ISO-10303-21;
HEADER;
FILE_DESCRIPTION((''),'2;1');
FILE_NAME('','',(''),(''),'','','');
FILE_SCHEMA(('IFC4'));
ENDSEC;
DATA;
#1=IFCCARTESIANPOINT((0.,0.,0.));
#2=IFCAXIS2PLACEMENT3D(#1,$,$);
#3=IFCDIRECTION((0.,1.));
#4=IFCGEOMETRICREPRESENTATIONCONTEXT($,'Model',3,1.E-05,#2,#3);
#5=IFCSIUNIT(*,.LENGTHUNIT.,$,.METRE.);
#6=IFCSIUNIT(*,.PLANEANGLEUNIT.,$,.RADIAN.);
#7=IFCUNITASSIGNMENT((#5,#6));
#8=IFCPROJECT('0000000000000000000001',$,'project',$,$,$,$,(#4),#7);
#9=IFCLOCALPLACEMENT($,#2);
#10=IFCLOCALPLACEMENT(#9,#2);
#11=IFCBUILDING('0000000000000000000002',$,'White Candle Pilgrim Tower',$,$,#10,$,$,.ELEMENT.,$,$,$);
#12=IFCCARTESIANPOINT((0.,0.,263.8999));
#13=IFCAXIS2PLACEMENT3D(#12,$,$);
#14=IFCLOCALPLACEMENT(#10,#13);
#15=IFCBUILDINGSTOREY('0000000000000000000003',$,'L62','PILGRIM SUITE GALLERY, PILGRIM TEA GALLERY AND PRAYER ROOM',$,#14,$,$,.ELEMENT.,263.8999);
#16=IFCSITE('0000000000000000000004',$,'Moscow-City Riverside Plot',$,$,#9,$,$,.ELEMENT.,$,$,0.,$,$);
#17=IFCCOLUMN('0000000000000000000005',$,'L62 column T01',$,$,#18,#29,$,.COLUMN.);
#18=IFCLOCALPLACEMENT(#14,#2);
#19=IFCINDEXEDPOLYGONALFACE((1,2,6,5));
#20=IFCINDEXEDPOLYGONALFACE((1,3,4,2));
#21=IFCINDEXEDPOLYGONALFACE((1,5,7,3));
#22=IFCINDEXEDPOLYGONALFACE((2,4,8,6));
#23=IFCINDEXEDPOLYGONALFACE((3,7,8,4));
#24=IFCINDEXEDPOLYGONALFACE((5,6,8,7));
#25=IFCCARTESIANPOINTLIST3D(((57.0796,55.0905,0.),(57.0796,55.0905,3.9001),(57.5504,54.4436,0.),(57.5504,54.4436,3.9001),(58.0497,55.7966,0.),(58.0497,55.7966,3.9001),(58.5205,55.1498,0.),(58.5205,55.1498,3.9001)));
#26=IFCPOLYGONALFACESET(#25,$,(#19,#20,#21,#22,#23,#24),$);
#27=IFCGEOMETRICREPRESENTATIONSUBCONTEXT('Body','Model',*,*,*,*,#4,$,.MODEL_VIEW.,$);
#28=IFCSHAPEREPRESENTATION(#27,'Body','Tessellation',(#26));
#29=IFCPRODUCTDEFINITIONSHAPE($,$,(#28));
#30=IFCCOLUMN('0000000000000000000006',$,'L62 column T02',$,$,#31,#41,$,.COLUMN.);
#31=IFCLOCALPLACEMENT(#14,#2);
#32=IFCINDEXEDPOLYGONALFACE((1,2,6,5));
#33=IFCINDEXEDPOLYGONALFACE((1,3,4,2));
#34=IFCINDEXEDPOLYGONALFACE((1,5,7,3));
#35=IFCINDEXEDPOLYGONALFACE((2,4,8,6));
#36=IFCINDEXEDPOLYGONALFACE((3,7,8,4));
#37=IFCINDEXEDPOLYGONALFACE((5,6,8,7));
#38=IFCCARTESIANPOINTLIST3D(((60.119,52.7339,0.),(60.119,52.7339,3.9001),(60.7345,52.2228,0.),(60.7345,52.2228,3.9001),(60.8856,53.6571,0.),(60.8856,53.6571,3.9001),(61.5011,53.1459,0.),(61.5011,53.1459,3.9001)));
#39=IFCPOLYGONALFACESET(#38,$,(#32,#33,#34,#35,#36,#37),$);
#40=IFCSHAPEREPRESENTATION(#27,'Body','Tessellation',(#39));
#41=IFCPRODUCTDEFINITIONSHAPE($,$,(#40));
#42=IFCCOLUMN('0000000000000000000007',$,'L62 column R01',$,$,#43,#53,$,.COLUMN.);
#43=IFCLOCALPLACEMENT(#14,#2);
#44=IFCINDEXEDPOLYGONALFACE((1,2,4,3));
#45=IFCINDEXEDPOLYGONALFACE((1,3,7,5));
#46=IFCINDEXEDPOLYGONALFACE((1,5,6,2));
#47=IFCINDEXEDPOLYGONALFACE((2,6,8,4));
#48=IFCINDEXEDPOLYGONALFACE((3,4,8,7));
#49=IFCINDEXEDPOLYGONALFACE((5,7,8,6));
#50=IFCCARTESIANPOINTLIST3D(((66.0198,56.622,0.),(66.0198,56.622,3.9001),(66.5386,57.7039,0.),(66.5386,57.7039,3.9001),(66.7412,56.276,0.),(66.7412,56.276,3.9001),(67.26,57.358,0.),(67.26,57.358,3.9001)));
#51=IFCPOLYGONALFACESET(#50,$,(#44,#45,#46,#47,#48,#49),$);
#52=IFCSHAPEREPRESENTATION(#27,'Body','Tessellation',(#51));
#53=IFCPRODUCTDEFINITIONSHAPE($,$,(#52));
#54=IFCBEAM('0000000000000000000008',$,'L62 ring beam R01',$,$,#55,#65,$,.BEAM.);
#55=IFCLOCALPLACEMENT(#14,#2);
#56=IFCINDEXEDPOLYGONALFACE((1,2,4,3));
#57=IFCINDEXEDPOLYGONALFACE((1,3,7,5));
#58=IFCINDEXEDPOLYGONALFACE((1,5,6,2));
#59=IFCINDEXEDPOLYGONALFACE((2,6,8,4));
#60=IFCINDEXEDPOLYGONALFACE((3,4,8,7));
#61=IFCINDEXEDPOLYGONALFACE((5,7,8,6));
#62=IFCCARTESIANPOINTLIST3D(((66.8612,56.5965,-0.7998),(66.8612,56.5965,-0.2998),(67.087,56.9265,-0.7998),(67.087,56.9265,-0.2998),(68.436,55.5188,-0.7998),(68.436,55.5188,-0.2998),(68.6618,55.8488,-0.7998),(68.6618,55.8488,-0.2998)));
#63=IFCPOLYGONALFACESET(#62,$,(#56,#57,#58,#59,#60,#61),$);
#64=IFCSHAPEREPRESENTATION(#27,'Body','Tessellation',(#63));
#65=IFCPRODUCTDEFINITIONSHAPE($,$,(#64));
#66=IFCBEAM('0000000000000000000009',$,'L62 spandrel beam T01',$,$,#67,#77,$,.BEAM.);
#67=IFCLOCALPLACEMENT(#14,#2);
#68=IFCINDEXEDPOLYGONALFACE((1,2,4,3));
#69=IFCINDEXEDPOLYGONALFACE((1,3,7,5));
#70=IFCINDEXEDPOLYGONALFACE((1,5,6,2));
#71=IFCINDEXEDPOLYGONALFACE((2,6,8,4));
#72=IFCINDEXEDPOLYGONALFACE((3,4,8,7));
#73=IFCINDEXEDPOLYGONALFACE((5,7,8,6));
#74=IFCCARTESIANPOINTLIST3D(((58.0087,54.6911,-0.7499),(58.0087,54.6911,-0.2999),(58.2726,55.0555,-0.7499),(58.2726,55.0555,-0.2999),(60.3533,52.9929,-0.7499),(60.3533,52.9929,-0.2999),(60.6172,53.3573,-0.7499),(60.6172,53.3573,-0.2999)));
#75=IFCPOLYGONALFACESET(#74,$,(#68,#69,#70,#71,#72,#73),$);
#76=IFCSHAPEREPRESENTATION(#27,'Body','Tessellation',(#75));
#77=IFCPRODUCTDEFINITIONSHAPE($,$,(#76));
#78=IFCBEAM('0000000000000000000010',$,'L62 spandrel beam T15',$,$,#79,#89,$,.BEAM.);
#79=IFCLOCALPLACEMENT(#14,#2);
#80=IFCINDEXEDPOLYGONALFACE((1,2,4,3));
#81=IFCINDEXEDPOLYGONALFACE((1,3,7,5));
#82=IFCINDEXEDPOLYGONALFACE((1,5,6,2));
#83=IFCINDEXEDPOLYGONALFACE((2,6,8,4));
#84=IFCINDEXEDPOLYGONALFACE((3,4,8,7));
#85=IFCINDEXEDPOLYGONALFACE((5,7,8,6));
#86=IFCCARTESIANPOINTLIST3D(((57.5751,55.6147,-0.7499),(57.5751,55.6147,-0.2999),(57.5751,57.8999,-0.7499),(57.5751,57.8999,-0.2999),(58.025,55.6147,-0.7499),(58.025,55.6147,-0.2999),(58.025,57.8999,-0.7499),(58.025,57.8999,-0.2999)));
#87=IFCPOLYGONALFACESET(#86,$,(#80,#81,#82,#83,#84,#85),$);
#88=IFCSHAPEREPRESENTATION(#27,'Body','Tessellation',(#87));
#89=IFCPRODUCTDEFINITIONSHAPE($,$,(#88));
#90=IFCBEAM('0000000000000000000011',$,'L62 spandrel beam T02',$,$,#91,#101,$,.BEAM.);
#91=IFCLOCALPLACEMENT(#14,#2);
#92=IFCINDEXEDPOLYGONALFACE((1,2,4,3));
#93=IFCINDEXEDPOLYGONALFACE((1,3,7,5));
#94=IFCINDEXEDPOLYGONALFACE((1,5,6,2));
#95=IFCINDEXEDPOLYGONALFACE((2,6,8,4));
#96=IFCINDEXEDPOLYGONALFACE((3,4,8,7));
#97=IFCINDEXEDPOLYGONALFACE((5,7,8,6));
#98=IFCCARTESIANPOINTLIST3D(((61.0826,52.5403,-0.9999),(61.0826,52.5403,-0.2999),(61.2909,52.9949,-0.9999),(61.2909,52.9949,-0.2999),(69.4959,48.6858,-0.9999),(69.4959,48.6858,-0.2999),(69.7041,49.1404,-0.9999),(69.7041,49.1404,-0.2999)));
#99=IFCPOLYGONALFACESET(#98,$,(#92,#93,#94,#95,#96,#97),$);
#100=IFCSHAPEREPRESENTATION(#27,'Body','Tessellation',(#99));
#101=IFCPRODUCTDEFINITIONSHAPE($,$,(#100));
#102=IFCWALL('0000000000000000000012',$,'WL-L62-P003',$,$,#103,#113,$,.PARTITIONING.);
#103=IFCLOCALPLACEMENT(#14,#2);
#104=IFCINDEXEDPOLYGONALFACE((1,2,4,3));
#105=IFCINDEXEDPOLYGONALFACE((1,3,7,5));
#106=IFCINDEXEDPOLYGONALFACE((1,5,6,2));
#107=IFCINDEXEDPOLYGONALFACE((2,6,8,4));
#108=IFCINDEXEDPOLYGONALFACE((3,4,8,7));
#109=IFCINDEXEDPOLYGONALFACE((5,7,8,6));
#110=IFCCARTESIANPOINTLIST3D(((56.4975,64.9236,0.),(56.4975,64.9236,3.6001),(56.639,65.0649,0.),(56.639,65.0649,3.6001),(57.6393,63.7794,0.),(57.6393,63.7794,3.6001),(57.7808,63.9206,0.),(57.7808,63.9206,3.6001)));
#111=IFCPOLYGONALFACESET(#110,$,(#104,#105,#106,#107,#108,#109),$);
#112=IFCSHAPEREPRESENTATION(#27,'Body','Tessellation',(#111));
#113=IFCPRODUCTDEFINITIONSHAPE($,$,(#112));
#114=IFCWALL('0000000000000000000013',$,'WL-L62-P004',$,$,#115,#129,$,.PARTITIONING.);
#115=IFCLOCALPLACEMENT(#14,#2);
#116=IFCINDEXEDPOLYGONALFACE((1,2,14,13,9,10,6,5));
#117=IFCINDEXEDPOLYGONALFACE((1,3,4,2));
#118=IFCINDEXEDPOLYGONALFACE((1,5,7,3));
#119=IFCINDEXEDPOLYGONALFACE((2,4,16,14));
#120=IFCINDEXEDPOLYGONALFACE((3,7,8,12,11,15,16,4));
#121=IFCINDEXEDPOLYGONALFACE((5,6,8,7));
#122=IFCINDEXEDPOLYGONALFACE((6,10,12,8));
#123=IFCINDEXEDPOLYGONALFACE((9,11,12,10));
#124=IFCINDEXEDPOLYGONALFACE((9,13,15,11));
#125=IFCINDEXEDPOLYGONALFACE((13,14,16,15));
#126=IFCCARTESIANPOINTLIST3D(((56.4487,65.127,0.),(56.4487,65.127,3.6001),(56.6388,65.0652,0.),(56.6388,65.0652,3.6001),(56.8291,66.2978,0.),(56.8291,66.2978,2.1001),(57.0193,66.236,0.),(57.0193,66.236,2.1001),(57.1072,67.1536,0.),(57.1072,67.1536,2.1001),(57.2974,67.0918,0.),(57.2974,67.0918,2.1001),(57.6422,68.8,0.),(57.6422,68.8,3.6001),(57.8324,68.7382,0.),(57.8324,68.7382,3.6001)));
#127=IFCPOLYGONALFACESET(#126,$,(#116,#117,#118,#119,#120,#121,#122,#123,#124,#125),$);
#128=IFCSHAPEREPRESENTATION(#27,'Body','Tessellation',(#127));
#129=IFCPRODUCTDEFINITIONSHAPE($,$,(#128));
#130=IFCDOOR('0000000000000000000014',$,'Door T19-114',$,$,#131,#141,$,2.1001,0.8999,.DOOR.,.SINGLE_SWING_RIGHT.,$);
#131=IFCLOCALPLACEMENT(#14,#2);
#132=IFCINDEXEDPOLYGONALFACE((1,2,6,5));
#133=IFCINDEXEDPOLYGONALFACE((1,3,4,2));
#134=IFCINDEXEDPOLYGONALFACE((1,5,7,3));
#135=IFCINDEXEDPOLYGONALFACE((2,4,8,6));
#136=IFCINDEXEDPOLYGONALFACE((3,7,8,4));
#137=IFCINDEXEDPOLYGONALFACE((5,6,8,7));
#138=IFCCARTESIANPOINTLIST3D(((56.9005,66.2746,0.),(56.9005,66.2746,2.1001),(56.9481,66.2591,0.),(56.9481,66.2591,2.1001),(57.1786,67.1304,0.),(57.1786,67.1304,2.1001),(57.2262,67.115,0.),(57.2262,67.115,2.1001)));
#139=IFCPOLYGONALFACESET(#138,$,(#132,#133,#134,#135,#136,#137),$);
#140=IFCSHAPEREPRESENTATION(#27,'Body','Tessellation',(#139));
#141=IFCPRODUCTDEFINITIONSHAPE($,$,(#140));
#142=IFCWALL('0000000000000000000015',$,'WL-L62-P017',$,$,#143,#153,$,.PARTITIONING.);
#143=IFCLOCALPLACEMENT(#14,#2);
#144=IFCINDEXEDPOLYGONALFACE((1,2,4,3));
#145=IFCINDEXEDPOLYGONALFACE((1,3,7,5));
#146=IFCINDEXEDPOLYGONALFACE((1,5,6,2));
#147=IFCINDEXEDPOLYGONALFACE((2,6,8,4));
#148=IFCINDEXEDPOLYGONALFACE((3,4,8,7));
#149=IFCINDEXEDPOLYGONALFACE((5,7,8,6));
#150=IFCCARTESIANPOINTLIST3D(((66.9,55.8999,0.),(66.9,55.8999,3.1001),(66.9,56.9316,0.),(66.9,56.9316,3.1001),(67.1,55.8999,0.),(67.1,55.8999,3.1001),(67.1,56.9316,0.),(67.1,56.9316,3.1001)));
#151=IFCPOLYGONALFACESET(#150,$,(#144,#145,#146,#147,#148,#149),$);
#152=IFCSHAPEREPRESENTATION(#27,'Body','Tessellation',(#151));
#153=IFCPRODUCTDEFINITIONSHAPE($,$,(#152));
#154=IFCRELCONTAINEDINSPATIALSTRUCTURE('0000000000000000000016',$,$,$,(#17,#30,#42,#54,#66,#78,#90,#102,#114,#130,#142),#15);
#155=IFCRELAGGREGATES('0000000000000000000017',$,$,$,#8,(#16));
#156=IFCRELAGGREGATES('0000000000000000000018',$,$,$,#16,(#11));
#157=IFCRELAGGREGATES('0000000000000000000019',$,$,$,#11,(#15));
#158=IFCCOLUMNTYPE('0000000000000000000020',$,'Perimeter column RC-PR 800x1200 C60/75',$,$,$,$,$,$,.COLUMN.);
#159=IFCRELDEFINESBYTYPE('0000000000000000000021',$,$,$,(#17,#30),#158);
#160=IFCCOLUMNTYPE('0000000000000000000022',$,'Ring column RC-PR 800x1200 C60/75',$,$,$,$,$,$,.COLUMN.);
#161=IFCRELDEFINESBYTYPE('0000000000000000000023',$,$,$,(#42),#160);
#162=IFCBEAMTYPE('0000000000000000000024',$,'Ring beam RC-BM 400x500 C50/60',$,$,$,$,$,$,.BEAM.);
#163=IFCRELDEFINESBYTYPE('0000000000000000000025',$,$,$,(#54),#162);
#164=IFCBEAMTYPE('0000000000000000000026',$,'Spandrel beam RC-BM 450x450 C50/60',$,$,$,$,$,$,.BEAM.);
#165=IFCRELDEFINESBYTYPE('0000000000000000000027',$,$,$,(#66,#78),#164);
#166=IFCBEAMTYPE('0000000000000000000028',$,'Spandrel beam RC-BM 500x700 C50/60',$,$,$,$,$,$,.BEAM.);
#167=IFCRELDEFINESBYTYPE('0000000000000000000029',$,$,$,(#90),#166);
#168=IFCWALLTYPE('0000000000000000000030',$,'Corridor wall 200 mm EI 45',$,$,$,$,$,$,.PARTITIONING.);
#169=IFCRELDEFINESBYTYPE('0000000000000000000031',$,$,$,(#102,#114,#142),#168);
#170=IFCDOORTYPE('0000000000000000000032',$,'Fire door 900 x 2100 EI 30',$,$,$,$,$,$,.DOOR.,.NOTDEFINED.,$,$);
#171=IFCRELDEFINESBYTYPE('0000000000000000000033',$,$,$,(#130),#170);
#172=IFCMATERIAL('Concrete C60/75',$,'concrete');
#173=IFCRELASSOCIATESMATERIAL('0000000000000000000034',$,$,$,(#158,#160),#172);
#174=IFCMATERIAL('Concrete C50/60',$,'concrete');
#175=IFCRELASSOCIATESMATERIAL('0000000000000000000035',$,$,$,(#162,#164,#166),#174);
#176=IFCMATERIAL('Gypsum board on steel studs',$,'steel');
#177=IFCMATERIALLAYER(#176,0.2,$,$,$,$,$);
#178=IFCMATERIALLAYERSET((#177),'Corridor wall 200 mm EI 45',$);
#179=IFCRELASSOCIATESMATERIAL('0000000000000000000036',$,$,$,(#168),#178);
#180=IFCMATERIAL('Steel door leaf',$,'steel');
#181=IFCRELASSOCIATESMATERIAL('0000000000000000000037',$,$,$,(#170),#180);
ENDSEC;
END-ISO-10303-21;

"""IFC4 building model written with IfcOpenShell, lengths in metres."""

from ifc_helpers import new_model, si_unit, direction, frame, frame_2d, origin, origin_2d, place, context, subcontext, project, spatial, rectangle, extrude, material, layer, layer_set, material_profile, profile_set, type_object, element, fill, save


model = new_model("IFC4")

# Units and contexts
model_context = context("Model", 3, precision=1e-05, world=origin(), true_north=direction((0.0, 1.0)))
body_context = subcontext(model_context, "Body", "Model", "MODEL_VIEW")
ifc_project = project(units=[si_unit("LENGTHUNIT", "METRE"), si_unit("PLANEANGLEUNIT", "RADIAN")], contexts=[model_context])

# Site, building, storey
site_placement = place(None, origin())
site = spatial("IfcSite", under=ifc_project, at=site_placement, Name="Moscow-City Riverside Plot", CompositionType="ELEMENT", RefElevation=0.0)
building_placement = place(site_placement, origin())
building = spatial("IfcBuilding", under=site, at=building_placement, Name="White Candle Pilgrim Tower", CompositionType="ELEMENT")
storey_placement = place(building_placement, frame((0.0, 0.0, 263.8999)))
storey = spatial("IfcBuildingStorey", under=building, at=storey_placement, Name="L62", Description="PILGRIM SUITE GALLERY, PILGRIM TEA GALLERY AND PRAYER ROOM", CompositionType="ELEMENT", Elevation=263.8999)

# Columns
ifc_material_1 = material(Name="Concrete C60/75", Category="concrete")
ifc_material_profile_1 = material_profile(ifc_material_1, rectangle(XDim=0.8, YDim=1.2, at=origin_2d()), Name="RC-PR 800x1200")
ifc_profile_set_1 = profile_set([ifc_material_profile_1], Name="Concrete C60/75")
column_type_1 = type_object("IfcColumnType", Name="Perimeter column RC-PR 800x1200 C60/75", PredefinedType="COLUMN", material=ifc_profile_set_1)
for number, where, z_axis, x_axis, name in (
    (1, (57.8, 55.1201, 0.0), (0.0, 0.0, 1.0), (-0.588463, 0.808524, 0.0), "L62 column T01"),
    (2, (60.8101, 52.9399, 0.0), (0.0, 0.0, 1.0), (-0.76931, 0.638875, 0.0), "L62 column T02"),
):
    element("IfcColumn", number, at=place(storey_placement, frame(where, z_axis=z_axis, x_axis=x_axis)), inside=storey, type_object=column_type_1, Name=name, PredefinedType="COLUMN", context=body_context, shape_type="SweptSolid", body=[
        extrude(rectangle(XDim=0.8, YDim=1.2, at=origin_2d()), origin(), (0.0, 0.0, 1.0), 3.9001),
    ])
ifc_material_profile_2 = material_profile(ifc_material_1, rectangle(XDim=0.8, YDim=1.2, at=origin_2d()), Name="RC-PR 800x1200")
ifc_profile_set_2 = profile_set([ifc_material_profile_2], Name="Concrete C60/75")
column_type_2 = type_object("IfcColumnType", Name="Ring column RC-PR 800x1200 C60/75", PredefinedType="COLUMN", material=ifc_profile_set_2)
column_placement = place(storey_placement, frame((66.6399, 56.99, 0.0), z_axis=(0.0, 0.0, 1.0), x_axis=(-0.901689, 0.432385, 0.0)))
element("IfcColumn", 3, at=column_placement, inside=storey, type_object=column_type_2, Name="L62 column R01", PredefinedType="COLUMN", context=body_context, shape_type="SweptSolid", body=[
    extrude(rectangle(XDim=0.8, YDim=1.2, at=origin_2d()), origin(), (0.0, 0.0, 1.0), 3.9001),
])

# Beams
ifc_material_2 = material(Name="Concrete C50/60", Category="concrete")
ifc_material_profile_3 = material_profile(ifc_material_2, rectangle(XDim=0.3999, YDim=0.5, at=origin_2d()), Name="RC-BM 400x500")
ifc_profile_set_3 = profile_set([ifc_material_profile_3], Name="Concrete C50/60")
beam_type_1 = type_object("IfcBeamType", Name="Ring beam RC-BM 400x500 C50/60", PredefinedType="BEAM", material=ifc_profile_set_3)
beam_1_placement = place(storey_placement, frame((66.9741, 56.7615, -0.5498), z_axis=(0.825257, -0.564757, 0.0), x_axis=(0.564757, 0.825257, 0.0)))
element("IfcBeam", 4, at=beam_1_placement, inside=storey, type_object=beam_type_1, Name="L62 ring beam R01", PredefinedType="BEAM", context=body_context, shape_type="SweptSolid", body=[
    extrude(rectangle(XDim=0.3999, YDim=0.5, at=origin_2d()), origin(), (0.0, 0.0, 1.0), 1.9082),
])
ifc_material_profile_4 = material_profile(ifc_material_2, rectangle(XDim=0.45, YDim=0.45, at=origin_2d()), Name="RC-BM 450x450")
ifc_profile_set_4 = profile_set([ifc_material_profile_4], Name="Concrete C50/60")
beam_type_2 = type_object("IfcBeamType", Name="Spandrel beam RC-BM 450x450 C50/60", PredefinedType="BEAM", material=ifc_profile_set_4)
beam_2_placement = place(storey_placement, frame((58.1406, 54.8733, -0.5249), z_axis=(0.809887, -0.586586, 0.0), x_axis=(0.586586, 0.809887, 0.0)))
element("IfcBeam", 5, at=beam_2_placement, inside=storey, type_object=beam_type_2, Name="L62 spandrel beam T01", PredefinedType="BEAM", context=body_context, shape_type="SweptSolid", body=[
    extrude(rectangle(XDim=0.45, YDim=0.45, at=origin_2d()), origin(), (0.0, 0.0, 1.0), 2.895),
])
beam_3_placement = place(storey_placement, frame((57.8, 55.6147, -0.5249), z_axis=(0.0, 1.0, 0.0), x_axis=(-1.0, 0.0, 0.0)))
element("IfcBeam", 6, at=beam_3_placement, inside=storey, type_object=beam_type_2, Name="L62 spandrel beam T15", PredefinedType="BEAM", context=body_context, shape_type="SweptSolid", body=[
    extrude(rectangle(XDim=0.45, YDim=0.45, at=origin_2d()), origin(), (0.0, 0.0, 1.0), 2.2852),
])
ifc_material_profile_5 = material_profile(ifc_material_2, rectangle(XDim=0.5, YDim=0.7, at=origin_2d()), Name="RC-BM 500x700")
ifc_profile_set_5 = profile_set([ifc_material_profile_5], Name="Concrete C50/60")
beam_type_3 = type_object("IfcBeamType", Name="Spandrel beam RC-BM 500x700 C50/60", PredefinedType="BEAM", material=ifc_profile_set_5)
beam_4_placement = place(storey_placement, frame((61.1868, 52.7676, -0.6499), z_axis=(0.909131, -0.41651, 0.0), x_axis=(0.41651, 0.909131, 0.0)))
element("IfcBeam", 7, at=beam_4_placement, inside=storey, type_object=beam_type_3, Name="L62 spandrel beam T02", PredefinedType="BEAM", context=body_context, shape_type="SweptSolid", body=[
    extrude(rectangle(XDim=0.5, YDim=0.7, at=origin_2d()), origin(), (0.0, 0.0, 1.0), 9.2542),
])

# Wall
ifc_material_3 = material(Name="Gypsum board on steel studs", Category="steel")
ifc_layer_1 = layer(ifc_material_3, 0.2)
ifc_layer_set_1 = layer_set([ifc_layer_1], Name="Corridor wall 200 mm EI 45")
wall_type_1 = type_object("IfcWallType", Name="Corridor wall 200 mm EI 45", PredefinedType="PARTITIONING", material=ifc_layer_set_1)
wall_1_placement = place(storey_placement, frame((57.71, 63.8501, 0.0), z_axis=(0.0, 0.0, 1.0), x_axis=(-0.706351, 0.707862, 0.0)))
element("IfcWall", 8, at=wall_1_placement, inside=storey, type_object=wall_type_1, Name="WL-L62-P003", PredefinedType="PARTITIONING", context=body_context, shape_type="SweptSolid", body=[
    extrude(rectangle(XDim=1.6165, YDim=0.2, at=frame_2d((0.8081, 0.0))), origin(), (0.0, 0.0, 1.0), 3.6001),
])

# Wall, opening, door
wall_2_placement = place(storey_placement, frame((56.5437, 65.0959, 0.0), z_axis=(0.0, 0.0, 1.0), x_axis=(0.30905, 0.951046, 0.0)))
wall_2 = element("IfcWall", 9, at=wall_2_placement, inside=storey, type_object=wall_type_1, Name="WL-L62-P004", PredefinedType="PARTITIONING", context=body_context, shape_type="SweptSolid", body=[
    extrude(rectangle(XDim=3.8621, YDim=0.2, at=frame_2d((1.9312, 0.0))), origin(), (0.0, 0.0, 1.0), 3.6001),
])
opening_1_placement = place(wall_2_placement, frame((1.2312, 0.0, 0.0)))
opening_1 = element("IfcOpeningElement", 10, at=opening_1_placement, cuts=wall_2, PredefinedType="OPENING", context=body_context, shape_type="SweptSolid", body=[
    extrude(rectangle(XDim=0.8999, YDim=2.1001, at=frame_2d((0.45, 1.05))), frame((0.0, 0.1099, 0.0), z_axis=(0.0, -1.0, 0.0), x_axis=(1.0, 0.0, 0.0)), (0.0, 0.0, 1.0), 0.22),
])
ifc_material_4 = material(Name="Steel door leaf", Category="steel")
door_type_1 = type_object("IfcDoorType", Name="Fire door 900 x 2100 EI 30", OperationType="NOTDEFINED", PredefinedType="DOOR", material=ifc_material_4)
door_1_placement = place(opening_1_placement, origin())
door_1 = element("IfcDoor", 11, at=door_1_placement, inside=storey, type_object=door_type_1, Name="Door T19-114", OperationType="SINGLE_SWING_RIGHT", OverallHeight=2.1001, OverallWidth=0.8999, PredefinedType="DOOR", context=body_context, shape_type="SweptSolid", body=[
    extrude(rectangle(XDim=0.8999, YDim=2.1001, at=frame_2d((0.45, 1.05))), frame((0.0, 0.0249, 0.0), z_axis=(0.0, -1.0, 0.0), x_axis=(1.0, 0.0, 0.0)), (0.0, 0.0, 1.0), 0.05),
])
fill(opening_1, door_1)

# Wall
wall_3_placement = place(storey_placement, frame((67.0, 56.9316, 0.0), z_axis=(0.0, 0.0, 1.0), x_axis=(0.0, -1.0, 0.0)))
element("IfcWall", 12, at=wall_3_placement, inside=storey, type_object=wall_type_1, Name="WL-L62-P017", PredefinedType="PARTITIONING", context=body_context, shape_type="SweptSolid", body=[
    extrude(rectangle(XDim=1.0317, YDim=0.2, at=frame_2d((0.5159, 0.0))), origin(), (0.0, 0.0, 1.0), 3.1001),
])

save(model, "model.ifc")
